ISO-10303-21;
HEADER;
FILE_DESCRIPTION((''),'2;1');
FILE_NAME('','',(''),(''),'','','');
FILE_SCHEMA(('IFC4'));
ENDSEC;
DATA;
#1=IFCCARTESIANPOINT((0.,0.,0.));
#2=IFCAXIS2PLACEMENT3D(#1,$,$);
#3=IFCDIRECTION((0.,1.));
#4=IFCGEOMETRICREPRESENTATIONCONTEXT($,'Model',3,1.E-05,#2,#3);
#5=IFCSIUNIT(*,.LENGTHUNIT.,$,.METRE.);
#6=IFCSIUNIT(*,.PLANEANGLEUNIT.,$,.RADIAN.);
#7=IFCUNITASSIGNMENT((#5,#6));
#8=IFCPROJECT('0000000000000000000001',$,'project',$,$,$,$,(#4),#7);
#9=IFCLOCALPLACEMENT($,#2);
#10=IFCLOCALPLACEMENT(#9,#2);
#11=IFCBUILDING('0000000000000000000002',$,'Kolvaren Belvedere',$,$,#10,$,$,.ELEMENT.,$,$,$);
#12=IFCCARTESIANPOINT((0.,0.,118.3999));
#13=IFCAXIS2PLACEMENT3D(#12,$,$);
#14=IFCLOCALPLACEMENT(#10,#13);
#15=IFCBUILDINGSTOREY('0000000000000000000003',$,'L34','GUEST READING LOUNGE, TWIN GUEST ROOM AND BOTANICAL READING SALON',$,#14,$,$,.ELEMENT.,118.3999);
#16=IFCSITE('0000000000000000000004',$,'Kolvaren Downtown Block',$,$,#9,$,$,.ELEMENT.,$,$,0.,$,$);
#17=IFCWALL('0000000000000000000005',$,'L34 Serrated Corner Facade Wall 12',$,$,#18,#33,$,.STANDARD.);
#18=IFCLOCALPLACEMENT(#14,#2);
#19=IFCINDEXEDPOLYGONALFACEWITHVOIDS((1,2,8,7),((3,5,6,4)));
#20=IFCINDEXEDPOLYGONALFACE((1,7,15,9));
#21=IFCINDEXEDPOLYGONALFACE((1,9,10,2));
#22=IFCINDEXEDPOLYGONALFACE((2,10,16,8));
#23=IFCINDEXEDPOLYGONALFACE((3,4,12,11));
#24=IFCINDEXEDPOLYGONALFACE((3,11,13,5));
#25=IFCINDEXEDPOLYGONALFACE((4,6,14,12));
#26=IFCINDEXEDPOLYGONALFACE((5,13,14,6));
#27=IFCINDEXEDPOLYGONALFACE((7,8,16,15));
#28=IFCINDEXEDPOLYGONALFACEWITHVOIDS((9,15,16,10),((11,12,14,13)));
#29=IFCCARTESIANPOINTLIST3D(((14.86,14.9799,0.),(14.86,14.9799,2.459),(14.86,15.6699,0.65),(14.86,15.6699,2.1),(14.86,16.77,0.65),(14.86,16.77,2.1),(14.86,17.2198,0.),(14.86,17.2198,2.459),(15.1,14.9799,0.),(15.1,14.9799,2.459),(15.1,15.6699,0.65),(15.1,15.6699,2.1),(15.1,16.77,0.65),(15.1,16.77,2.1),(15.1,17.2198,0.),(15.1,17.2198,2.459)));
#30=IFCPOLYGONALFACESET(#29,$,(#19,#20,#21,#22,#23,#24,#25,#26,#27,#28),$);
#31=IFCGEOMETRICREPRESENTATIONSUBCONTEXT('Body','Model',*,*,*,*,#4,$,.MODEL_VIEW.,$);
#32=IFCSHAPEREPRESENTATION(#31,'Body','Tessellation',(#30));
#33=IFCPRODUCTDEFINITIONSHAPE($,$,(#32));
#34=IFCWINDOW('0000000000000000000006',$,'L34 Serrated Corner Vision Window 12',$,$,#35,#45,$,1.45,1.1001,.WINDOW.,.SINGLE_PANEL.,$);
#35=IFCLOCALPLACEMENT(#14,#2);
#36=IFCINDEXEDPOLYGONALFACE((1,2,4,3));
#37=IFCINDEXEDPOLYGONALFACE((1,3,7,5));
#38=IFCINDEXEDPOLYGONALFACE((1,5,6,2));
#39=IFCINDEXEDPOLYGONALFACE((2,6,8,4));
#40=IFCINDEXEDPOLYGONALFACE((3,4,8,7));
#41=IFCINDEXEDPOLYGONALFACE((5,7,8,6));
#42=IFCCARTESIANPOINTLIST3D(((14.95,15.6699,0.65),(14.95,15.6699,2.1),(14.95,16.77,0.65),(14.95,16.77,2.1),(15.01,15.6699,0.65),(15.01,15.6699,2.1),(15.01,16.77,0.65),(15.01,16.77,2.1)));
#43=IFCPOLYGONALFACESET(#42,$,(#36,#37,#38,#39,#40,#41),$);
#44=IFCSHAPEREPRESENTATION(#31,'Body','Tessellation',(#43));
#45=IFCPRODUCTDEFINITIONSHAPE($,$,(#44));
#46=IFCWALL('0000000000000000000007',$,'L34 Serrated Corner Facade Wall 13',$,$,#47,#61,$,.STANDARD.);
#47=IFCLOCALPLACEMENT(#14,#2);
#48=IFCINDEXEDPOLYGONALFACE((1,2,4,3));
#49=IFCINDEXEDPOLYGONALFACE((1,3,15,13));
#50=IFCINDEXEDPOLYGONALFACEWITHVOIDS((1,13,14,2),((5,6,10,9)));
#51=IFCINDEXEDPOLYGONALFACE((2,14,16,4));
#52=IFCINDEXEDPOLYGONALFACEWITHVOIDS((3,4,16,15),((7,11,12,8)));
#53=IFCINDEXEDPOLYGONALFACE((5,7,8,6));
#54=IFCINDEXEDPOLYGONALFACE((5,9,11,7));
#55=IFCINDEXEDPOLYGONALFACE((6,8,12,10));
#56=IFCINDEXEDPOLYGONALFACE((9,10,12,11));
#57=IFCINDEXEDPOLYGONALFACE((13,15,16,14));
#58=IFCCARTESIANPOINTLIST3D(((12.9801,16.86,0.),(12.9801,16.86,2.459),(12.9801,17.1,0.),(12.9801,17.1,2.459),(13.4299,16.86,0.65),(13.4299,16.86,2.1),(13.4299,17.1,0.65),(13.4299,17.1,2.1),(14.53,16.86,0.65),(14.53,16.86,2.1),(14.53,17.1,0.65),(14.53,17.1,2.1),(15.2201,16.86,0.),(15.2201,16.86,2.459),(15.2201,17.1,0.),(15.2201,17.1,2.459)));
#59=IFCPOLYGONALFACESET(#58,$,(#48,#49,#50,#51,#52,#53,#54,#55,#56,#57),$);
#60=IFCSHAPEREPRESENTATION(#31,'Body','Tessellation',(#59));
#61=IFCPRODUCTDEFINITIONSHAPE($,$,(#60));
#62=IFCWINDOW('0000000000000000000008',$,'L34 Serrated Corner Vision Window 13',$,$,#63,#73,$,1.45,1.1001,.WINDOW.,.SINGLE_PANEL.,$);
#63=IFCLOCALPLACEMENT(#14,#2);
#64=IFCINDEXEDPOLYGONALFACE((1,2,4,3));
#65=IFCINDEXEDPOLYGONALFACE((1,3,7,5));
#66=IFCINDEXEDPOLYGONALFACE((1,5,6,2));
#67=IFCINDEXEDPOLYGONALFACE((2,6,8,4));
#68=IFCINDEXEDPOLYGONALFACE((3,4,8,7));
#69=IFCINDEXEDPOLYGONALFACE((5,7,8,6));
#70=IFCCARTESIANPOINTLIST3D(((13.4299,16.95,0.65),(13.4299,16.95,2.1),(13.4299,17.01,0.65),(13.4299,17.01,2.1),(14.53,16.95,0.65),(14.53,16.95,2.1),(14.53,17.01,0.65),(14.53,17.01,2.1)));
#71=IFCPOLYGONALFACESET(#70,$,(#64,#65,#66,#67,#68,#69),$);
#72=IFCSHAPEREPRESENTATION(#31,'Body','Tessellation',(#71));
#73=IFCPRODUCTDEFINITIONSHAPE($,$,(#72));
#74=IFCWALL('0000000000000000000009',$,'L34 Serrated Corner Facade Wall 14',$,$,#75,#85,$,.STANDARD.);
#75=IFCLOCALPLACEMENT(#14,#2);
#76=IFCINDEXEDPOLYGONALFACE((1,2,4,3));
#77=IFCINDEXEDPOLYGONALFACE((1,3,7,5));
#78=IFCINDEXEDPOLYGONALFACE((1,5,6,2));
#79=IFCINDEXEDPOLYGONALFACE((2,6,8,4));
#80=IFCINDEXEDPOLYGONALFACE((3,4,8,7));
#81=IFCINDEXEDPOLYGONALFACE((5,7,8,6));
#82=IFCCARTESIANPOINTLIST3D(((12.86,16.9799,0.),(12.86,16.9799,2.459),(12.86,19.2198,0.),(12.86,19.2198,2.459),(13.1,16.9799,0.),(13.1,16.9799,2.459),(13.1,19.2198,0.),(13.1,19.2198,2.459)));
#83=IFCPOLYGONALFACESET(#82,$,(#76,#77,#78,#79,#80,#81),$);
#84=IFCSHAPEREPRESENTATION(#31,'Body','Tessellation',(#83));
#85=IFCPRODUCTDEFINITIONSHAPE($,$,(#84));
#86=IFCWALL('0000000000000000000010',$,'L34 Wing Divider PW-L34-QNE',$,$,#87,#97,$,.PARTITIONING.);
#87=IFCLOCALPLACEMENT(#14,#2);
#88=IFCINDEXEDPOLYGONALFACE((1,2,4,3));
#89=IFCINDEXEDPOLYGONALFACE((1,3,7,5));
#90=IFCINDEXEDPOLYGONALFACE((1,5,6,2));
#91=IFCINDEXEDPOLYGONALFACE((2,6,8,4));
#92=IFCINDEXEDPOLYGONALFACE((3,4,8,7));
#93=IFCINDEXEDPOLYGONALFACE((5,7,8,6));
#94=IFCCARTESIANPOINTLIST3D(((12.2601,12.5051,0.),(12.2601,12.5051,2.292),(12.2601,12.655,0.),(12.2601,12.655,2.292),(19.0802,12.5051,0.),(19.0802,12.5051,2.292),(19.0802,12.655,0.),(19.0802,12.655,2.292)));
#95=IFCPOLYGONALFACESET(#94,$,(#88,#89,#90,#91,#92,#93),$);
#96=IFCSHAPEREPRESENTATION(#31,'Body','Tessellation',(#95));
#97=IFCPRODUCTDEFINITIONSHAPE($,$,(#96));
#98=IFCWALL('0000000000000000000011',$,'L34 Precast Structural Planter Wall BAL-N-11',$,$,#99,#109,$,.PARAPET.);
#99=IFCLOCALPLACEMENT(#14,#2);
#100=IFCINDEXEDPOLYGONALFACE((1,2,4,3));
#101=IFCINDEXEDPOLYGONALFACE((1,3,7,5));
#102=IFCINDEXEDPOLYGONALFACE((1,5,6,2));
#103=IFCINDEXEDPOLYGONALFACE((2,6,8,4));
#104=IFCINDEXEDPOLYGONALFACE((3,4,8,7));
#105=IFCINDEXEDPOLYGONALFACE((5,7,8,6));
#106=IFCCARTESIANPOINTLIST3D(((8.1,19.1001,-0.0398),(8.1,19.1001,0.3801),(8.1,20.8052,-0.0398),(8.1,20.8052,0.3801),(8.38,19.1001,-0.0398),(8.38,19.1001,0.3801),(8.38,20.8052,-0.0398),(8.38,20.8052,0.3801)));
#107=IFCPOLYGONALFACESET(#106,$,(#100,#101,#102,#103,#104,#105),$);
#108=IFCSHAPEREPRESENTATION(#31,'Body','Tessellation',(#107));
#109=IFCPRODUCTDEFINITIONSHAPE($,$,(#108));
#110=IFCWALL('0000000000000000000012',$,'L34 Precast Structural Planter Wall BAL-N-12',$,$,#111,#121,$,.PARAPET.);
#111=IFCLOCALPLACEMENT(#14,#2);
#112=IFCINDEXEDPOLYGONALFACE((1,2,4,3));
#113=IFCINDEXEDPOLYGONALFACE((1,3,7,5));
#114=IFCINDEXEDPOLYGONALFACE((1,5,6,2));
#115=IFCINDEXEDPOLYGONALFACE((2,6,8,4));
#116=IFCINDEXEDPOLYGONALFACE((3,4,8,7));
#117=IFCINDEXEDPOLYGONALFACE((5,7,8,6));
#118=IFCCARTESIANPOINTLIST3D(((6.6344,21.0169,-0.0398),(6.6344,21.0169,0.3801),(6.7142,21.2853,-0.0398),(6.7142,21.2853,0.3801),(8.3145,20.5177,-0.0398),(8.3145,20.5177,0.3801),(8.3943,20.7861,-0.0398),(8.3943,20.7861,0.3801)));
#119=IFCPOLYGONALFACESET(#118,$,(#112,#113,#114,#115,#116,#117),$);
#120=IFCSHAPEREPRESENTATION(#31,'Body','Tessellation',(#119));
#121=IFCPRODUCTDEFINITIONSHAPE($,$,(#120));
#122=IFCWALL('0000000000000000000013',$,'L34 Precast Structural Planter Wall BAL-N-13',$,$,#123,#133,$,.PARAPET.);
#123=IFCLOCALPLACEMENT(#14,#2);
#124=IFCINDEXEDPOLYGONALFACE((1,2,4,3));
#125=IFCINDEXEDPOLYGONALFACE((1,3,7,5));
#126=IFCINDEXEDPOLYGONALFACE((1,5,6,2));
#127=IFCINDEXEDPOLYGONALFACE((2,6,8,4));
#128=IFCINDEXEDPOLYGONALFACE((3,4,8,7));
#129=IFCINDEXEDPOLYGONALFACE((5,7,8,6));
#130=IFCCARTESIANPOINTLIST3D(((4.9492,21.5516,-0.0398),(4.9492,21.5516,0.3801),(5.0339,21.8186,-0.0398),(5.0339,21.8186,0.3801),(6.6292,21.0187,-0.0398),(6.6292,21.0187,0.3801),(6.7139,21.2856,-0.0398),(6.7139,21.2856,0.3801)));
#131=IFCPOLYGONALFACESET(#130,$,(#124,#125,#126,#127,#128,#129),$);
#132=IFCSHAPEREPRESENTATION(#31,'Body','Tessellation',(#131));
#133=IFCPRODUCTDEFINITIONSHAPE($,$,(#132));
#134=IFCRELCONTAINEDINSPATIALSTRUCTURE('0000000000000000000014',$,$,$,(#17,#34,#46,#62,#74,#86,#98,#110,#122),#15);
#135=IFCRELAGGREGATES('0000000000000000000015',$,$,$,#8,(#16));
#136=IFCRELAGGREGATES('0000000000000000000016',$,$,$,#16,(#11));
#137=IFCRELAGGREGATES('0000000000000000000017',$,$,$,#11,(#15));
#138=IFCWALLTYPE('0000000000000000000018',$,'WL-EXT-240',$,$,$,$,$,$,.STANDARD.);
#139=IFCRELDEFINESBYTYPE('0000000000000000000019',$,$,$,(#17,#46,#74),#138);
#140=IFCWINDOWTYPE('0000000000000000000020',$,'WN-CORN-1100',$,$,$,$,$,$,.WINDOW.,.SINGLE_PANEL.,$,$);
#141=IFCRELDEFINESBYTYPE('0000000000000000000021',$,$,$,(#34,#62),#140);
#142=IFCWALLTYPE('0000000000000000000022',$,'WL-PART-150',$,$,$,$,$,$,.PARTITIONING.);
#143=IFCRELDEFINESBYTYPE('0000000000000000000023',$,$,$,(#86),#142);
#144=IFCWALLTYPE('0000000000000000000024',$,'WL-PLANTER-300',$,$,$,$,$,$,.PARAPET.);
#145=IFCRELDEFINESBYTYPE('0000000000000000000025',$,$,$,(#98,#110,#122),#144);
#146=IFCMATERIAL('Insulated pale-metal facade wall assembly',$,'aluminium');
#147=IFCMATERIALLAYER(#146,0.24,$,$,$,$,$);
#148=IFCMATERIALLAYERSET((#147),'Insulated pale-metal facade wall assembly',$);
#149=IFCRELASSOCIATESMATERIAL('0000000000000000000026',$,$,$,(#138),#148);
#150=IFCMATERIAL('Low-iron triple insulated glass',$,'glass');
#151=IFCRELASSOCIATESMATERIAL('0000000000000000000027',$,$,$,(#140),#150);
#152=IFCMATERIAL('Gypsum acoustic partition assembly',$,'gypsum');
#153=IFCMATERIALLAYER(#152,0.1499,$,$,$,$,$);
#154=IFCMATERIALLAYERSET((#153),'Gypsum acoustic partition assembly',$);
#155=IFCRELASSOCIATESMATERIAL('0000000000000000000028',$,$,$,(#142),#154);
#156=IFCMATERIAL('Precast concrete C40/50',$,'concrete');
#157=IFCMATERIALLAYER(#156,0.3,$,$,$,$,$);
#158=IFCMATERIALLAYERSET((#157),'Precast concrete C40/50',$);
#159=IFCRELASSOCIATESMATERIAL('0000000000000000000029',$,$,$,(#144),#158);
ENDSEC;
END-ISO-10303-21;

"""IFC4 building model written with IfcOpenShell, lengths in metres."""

from ifc_helpers import new_model, si_unit, direction, frame, frame_2d, origin, place, context, subcontext, project, spatial, rectangle, extrude, material, layer, layer_set, type_object, element, fill, save


model = new_model("IFC4")

# Units and contexts
model_context = context("Model", 3, precision=1e-05, world=origin(), true_north=direction((0.0, 1.0)))
body_context = subcontext(model_context, "Body", "Model", "MODEL_VIEW")
ifc_project = project(units=[si_unit("LENGTHUNIT", "METRE"), si_unit("PLANEANGLEUNIT", "RADIAN")], contexts=[model_context])

# Site, building, storey
site_placement = place(None, origin())
site = spatial("IfcSite", under=ifc_project, at=site_placement, Name="Kolvaren Downtown Block", CompositionType="ELEMENT", RefElevation=0.0)
building_placement = place(site_placement, origin())
building = spatial("IfcBuilding", under=site, at=building_placement, Name="Kolvaren Belvedere", CompositionType="ELEMENT")
storey_placement = place(building_placement, frame((0.0, 0.0, 118.3999)))
storey = spatial("IfcBuildingStorey", under=building, at=storey_placement, Name="L34", Description="GUEST READING LOUNGE, TWIN GUEST ROOM AND BOTANICAL READING SALON", CompositionType="ELEMENT", Elevation=118.3999)

# Shared definitions
ifc_material_1 = material(Name="Insulated pale-metal facade wall assembly", Category="aluminium")
ifc_layer_1 = layer(ifc_material_1, 0.24)
ifc_layer_set_1 = layer_set([ifc_layer_1], Name="Insulated pale-metal facade wall assembly")
wall_type_1 = type_object("IfcWallType", Name="WL-EXT-240", PredefinedType="STANDARD", material=ifc_layer_set_1)

# Walls, openings, windows
ifc_material_2 = material(Name="Low-iron triple insulated glass", Category="glass")
window_type = type_object("IfcWindowType", Name="WN-CORN-1100", PartitioningType="SINGLE_PANEL", PredefinedType="WINDOW", material=ifc_material_2)
wall_1_placement = place(storey_placement, frame((14.98, 17.22, 0.0), z_axis=(0.0, 0.0, 1.0), x_axis=(0.0, -1.0, 0.0)))
wall_1 = element("IfcWall", 1, at=wall_1_placement, inside=storey, type_object=wall_type_1, Name="L34 Serrated Corner Facade Wall 12", PredefinedType="STANDARD", context=body_context, shape_type="SweptSolid", body=[
    extrude(rectangle(XDim=2.24, YDim=0.24, at=frame_2d((1.1201, 0.0))), origin(), (0.0, 0.0, 1.0), 2.459),
])
opening_1_placement = place(wall_1_placement, frame((0.45, 0.0, 0.6499)))
opening_1 = element("IfcOpeningElement", 2, at=opening_1_placement, cuts=wall_1, PredefinedType="OPENING", context=body_context, shape_type="SweptSolid", body=[
    extrude(rectangle(XDim=1.1001, YDim=1.45, at=frame_2d((0.55, 0.7251))), frame((0.0, 0.1299, 0.0), z_axis=(0.0, -1.0, 0.0), x_axis=(1.0, 0.0, 0.0)), (0.0, 0.0, 1.0), 0.26),
])
window_1_placement = place(opening_1_placement, origin())
window_1 = element("IfcWindow", 3, at=window_1_placement, inside=storey, type_object=window_type, Name="L34 Serrated Corner Vision Window 12", OverallHeight=1.45, OverallWidth=1.1001, PartitioningType="SINGLE_PANEL", PredefinedType="WINDOW", context=body_context, shape_type="SweptSolid", body=[
    extrude(rectangle(XDim=1.1001, YDim=1.45, at=frame_2d((0.55, 0.7251))), frame((0.0, 0.03, 0.0), z_axis=(0.0, -1.0, 0.0), x_axis=(1.0, 0.0, 0.0)), (0.0, 0.0, 1.0), 0.0601),
])
fill(opening_1, window_1)
wall_2_placement = place(storey_placement, frame((12.98, 16.98, 0.0), z_axis=(0.0, 0.0, 1.0), x_axis=(1.0, 0.0, 0.0)))
wall_2 = element("IfcWall", 4, at=wall_2_placement, inside=storey, type_object=wall_type_1, Name="L34 Serrated Corner Facade Wall 13", PredefinedType="STANDARD", context=body_context, shape_type="SweptSolid", body=[
    extrude(rectangle(XDim=2.24, YDim=0.24, at=frame_2d((1.1201, 0.0))), origin(), (0.0, 0.0, 1.0), 2.459),
])
opening_2_placement = place(wall_2_placement, frame((0.45, 0.0, 0.6499)))
opening_2 = element("IfcOpeningElement", 5, at=opening_2_placement, cuts=wall_2, PredefinedType="OPENING", context=body_context, shape_type="SweptSolid", body=[
    extrude(rectangle(XDim=1.1001, YDim=1.45, at=frame_2d((0.55, 0.7251))), frame((0.0, 0.1299, 0.0), z_axis=(0.0, -1.0, 0.0), x_axis=(1.0, 0.0, 0.0)), (0.0, 0.0, 1.0), 0.26),
])
window_2_placement = place(opening_2_placement, origin())
window_2 = element("IfcWindow", 6, at=window_2_placement, inside=storey, type_object=window_type, Name="L34 Serrated Corner Vision Window 13", OverallHeight=1.45, OverallWidth=1.1001, PartitioningType="SINGLE_PANEL", PredefinedType="WINDOW", context=body_context, shape_type="SweptSolid", body=[
    extrude(rectangle(XDim=1.1001, YDim=1.45, at=frame_2d((0.55, 0.7251))), frame((0.0, 0.03, 0.0), z_axis=(0.0, -1.0, 0.0), x_axis=(1.0, 0.0, 0.0)), (0.0, 0.0, 1.0), 0.0601),
])
fill(opening_2, window_2)

# Walls
wall_3_placement = place(storey_placement, frame((12.98, 19.22, 0.0), z_axis=(0.0, 0.0, 1.0), x_axis=(0.0, -1.0, 0.0)))
element("IfcWall", 7, at=wall_3_placement, inside=storey, type_object=wall_type_1, Name="L34 Serrated Corner Facade Wall 14", PredefinedType="STANDARD", context=body_context, shape_type="SweptSolid", body=[
    extrude(rectangle(XDim=2.24, YDim=0.24, at=frame_2d((1.1201, 0.0))), origin(), (0.0, 0.0, 1.0), 2.459),
])
ifc_material_3 = material(Name="Gypsum acoustic partition assembly", Category="gypsum")
ifc_layer_2 = layer(ifc_material_3, 0.1499)
ifc_layer_set_2 = layer_set([ifc_layer_2], Name="Gypsum acoustic partition assembly")
wall_type_2 = type_object("IfcWallType", Name="WL-PART-150", PredefinedType="PARTITIONING", material=ifc_layer_set_2)
wall_4_placement = place(storey_placement, frame((12.26, 12.5801, 0.0), z_axis=(0.0, 0.0, 1.0), x_axis=(1.0, 0.0, 0.0)))
element("IfcWall", 8, at=wall_4_placement, inside=storey, type_object=wall_type_2, Name="L34 Wing Divider PW-L34-QNE", PredefinedType="PARTITIONING", context=body_context, shape_type="SweptSolid", body=[
    extrude(rectangle(XDim=6.8201, YDim=0.1499, at=frame_2d((3.4102, 0.0))), origin(), (0.0, 0.0, 1.0), 2.292),
])
ifc_material_4 = material(Name="Precast concrete C40/50", Category="concrete")
ifc_layer_3 = layer(ifc_material_4, 0.3)
ifc_layer_set_3 = layer_set([ifc_layer_3], Name="Precast concrete C40/50")
wall_type_3 = type_object("IfcWallType", Name="WL-PLANTER-300", PredefinedType="PARAPET", material=ifc_layer_set_3)
wall_5_placement = place(storey_placement, frame((8.24, 19.1001, -0.0398), z_axis=(0.0, 0.0, 1.0), x_axis=(0.0, 1.0, 0.0)))
element("IfcWall", 9, at=wall_5_placement, inside=storey, type_object=wall_type_3, Name="L34 Precast Structural Planter Wall BAL-N-11", PredefinedType="PARAPET", context=body_context, shape_type="SweptSolid", body=[
    extrude(rectangle(XDim=1.7051, YDim=0.28, at=frame_2d((0.8525, 0.0))), origin(), (0.0, 0.0, 1.0), 0.4199),
])
wall_6_placement = place(storey_placement, frame((8.3545, 20.6519, -0.0398), z_axis=(0.0, 0.0, 1.0), x_axis=(-0.958574, 0.284842, 0.0)))
element("IfcWall", 10, at=wall_6_placement, inside=storey, type_object=wall_type_3, Name="L34 Precast Structural Planter Wall BAL-N-12", PredefinedType="PARAPET", context=body_context, shape_type="SweptSolid", body=[
    extrude(rectangle(XDim=1.7527, YDim=0.28, at=frame_2d((0.8765, 0.0))), origin(), (0.0, 0.0, 1.0), 0.4199),
])
wall_7_placement = place(storey_placement, frame((6.6716, 21.1521, -0.0398), z_axis=(0.0, 0.0, 1.0), x_axis=(-0.953182, 0.302397, 0.0)))
element("IfcWall", 11, at=wall_7_placement, inside=storey, type_object=wall_type_3, Name="L34 Precast Structural Planter Wall BAL-N-13", PredefinedType="PARAPET", context=body_context, shape_type="SweptSolid", body=[
    extrude(rectangle(XDim=1.7625, YDim=0.28, at=frame_2d((0.8813, 0.0))), origin(), (0.0, 0.0, 1.0), 0.4199),
])

save(model, "model.ifc")
